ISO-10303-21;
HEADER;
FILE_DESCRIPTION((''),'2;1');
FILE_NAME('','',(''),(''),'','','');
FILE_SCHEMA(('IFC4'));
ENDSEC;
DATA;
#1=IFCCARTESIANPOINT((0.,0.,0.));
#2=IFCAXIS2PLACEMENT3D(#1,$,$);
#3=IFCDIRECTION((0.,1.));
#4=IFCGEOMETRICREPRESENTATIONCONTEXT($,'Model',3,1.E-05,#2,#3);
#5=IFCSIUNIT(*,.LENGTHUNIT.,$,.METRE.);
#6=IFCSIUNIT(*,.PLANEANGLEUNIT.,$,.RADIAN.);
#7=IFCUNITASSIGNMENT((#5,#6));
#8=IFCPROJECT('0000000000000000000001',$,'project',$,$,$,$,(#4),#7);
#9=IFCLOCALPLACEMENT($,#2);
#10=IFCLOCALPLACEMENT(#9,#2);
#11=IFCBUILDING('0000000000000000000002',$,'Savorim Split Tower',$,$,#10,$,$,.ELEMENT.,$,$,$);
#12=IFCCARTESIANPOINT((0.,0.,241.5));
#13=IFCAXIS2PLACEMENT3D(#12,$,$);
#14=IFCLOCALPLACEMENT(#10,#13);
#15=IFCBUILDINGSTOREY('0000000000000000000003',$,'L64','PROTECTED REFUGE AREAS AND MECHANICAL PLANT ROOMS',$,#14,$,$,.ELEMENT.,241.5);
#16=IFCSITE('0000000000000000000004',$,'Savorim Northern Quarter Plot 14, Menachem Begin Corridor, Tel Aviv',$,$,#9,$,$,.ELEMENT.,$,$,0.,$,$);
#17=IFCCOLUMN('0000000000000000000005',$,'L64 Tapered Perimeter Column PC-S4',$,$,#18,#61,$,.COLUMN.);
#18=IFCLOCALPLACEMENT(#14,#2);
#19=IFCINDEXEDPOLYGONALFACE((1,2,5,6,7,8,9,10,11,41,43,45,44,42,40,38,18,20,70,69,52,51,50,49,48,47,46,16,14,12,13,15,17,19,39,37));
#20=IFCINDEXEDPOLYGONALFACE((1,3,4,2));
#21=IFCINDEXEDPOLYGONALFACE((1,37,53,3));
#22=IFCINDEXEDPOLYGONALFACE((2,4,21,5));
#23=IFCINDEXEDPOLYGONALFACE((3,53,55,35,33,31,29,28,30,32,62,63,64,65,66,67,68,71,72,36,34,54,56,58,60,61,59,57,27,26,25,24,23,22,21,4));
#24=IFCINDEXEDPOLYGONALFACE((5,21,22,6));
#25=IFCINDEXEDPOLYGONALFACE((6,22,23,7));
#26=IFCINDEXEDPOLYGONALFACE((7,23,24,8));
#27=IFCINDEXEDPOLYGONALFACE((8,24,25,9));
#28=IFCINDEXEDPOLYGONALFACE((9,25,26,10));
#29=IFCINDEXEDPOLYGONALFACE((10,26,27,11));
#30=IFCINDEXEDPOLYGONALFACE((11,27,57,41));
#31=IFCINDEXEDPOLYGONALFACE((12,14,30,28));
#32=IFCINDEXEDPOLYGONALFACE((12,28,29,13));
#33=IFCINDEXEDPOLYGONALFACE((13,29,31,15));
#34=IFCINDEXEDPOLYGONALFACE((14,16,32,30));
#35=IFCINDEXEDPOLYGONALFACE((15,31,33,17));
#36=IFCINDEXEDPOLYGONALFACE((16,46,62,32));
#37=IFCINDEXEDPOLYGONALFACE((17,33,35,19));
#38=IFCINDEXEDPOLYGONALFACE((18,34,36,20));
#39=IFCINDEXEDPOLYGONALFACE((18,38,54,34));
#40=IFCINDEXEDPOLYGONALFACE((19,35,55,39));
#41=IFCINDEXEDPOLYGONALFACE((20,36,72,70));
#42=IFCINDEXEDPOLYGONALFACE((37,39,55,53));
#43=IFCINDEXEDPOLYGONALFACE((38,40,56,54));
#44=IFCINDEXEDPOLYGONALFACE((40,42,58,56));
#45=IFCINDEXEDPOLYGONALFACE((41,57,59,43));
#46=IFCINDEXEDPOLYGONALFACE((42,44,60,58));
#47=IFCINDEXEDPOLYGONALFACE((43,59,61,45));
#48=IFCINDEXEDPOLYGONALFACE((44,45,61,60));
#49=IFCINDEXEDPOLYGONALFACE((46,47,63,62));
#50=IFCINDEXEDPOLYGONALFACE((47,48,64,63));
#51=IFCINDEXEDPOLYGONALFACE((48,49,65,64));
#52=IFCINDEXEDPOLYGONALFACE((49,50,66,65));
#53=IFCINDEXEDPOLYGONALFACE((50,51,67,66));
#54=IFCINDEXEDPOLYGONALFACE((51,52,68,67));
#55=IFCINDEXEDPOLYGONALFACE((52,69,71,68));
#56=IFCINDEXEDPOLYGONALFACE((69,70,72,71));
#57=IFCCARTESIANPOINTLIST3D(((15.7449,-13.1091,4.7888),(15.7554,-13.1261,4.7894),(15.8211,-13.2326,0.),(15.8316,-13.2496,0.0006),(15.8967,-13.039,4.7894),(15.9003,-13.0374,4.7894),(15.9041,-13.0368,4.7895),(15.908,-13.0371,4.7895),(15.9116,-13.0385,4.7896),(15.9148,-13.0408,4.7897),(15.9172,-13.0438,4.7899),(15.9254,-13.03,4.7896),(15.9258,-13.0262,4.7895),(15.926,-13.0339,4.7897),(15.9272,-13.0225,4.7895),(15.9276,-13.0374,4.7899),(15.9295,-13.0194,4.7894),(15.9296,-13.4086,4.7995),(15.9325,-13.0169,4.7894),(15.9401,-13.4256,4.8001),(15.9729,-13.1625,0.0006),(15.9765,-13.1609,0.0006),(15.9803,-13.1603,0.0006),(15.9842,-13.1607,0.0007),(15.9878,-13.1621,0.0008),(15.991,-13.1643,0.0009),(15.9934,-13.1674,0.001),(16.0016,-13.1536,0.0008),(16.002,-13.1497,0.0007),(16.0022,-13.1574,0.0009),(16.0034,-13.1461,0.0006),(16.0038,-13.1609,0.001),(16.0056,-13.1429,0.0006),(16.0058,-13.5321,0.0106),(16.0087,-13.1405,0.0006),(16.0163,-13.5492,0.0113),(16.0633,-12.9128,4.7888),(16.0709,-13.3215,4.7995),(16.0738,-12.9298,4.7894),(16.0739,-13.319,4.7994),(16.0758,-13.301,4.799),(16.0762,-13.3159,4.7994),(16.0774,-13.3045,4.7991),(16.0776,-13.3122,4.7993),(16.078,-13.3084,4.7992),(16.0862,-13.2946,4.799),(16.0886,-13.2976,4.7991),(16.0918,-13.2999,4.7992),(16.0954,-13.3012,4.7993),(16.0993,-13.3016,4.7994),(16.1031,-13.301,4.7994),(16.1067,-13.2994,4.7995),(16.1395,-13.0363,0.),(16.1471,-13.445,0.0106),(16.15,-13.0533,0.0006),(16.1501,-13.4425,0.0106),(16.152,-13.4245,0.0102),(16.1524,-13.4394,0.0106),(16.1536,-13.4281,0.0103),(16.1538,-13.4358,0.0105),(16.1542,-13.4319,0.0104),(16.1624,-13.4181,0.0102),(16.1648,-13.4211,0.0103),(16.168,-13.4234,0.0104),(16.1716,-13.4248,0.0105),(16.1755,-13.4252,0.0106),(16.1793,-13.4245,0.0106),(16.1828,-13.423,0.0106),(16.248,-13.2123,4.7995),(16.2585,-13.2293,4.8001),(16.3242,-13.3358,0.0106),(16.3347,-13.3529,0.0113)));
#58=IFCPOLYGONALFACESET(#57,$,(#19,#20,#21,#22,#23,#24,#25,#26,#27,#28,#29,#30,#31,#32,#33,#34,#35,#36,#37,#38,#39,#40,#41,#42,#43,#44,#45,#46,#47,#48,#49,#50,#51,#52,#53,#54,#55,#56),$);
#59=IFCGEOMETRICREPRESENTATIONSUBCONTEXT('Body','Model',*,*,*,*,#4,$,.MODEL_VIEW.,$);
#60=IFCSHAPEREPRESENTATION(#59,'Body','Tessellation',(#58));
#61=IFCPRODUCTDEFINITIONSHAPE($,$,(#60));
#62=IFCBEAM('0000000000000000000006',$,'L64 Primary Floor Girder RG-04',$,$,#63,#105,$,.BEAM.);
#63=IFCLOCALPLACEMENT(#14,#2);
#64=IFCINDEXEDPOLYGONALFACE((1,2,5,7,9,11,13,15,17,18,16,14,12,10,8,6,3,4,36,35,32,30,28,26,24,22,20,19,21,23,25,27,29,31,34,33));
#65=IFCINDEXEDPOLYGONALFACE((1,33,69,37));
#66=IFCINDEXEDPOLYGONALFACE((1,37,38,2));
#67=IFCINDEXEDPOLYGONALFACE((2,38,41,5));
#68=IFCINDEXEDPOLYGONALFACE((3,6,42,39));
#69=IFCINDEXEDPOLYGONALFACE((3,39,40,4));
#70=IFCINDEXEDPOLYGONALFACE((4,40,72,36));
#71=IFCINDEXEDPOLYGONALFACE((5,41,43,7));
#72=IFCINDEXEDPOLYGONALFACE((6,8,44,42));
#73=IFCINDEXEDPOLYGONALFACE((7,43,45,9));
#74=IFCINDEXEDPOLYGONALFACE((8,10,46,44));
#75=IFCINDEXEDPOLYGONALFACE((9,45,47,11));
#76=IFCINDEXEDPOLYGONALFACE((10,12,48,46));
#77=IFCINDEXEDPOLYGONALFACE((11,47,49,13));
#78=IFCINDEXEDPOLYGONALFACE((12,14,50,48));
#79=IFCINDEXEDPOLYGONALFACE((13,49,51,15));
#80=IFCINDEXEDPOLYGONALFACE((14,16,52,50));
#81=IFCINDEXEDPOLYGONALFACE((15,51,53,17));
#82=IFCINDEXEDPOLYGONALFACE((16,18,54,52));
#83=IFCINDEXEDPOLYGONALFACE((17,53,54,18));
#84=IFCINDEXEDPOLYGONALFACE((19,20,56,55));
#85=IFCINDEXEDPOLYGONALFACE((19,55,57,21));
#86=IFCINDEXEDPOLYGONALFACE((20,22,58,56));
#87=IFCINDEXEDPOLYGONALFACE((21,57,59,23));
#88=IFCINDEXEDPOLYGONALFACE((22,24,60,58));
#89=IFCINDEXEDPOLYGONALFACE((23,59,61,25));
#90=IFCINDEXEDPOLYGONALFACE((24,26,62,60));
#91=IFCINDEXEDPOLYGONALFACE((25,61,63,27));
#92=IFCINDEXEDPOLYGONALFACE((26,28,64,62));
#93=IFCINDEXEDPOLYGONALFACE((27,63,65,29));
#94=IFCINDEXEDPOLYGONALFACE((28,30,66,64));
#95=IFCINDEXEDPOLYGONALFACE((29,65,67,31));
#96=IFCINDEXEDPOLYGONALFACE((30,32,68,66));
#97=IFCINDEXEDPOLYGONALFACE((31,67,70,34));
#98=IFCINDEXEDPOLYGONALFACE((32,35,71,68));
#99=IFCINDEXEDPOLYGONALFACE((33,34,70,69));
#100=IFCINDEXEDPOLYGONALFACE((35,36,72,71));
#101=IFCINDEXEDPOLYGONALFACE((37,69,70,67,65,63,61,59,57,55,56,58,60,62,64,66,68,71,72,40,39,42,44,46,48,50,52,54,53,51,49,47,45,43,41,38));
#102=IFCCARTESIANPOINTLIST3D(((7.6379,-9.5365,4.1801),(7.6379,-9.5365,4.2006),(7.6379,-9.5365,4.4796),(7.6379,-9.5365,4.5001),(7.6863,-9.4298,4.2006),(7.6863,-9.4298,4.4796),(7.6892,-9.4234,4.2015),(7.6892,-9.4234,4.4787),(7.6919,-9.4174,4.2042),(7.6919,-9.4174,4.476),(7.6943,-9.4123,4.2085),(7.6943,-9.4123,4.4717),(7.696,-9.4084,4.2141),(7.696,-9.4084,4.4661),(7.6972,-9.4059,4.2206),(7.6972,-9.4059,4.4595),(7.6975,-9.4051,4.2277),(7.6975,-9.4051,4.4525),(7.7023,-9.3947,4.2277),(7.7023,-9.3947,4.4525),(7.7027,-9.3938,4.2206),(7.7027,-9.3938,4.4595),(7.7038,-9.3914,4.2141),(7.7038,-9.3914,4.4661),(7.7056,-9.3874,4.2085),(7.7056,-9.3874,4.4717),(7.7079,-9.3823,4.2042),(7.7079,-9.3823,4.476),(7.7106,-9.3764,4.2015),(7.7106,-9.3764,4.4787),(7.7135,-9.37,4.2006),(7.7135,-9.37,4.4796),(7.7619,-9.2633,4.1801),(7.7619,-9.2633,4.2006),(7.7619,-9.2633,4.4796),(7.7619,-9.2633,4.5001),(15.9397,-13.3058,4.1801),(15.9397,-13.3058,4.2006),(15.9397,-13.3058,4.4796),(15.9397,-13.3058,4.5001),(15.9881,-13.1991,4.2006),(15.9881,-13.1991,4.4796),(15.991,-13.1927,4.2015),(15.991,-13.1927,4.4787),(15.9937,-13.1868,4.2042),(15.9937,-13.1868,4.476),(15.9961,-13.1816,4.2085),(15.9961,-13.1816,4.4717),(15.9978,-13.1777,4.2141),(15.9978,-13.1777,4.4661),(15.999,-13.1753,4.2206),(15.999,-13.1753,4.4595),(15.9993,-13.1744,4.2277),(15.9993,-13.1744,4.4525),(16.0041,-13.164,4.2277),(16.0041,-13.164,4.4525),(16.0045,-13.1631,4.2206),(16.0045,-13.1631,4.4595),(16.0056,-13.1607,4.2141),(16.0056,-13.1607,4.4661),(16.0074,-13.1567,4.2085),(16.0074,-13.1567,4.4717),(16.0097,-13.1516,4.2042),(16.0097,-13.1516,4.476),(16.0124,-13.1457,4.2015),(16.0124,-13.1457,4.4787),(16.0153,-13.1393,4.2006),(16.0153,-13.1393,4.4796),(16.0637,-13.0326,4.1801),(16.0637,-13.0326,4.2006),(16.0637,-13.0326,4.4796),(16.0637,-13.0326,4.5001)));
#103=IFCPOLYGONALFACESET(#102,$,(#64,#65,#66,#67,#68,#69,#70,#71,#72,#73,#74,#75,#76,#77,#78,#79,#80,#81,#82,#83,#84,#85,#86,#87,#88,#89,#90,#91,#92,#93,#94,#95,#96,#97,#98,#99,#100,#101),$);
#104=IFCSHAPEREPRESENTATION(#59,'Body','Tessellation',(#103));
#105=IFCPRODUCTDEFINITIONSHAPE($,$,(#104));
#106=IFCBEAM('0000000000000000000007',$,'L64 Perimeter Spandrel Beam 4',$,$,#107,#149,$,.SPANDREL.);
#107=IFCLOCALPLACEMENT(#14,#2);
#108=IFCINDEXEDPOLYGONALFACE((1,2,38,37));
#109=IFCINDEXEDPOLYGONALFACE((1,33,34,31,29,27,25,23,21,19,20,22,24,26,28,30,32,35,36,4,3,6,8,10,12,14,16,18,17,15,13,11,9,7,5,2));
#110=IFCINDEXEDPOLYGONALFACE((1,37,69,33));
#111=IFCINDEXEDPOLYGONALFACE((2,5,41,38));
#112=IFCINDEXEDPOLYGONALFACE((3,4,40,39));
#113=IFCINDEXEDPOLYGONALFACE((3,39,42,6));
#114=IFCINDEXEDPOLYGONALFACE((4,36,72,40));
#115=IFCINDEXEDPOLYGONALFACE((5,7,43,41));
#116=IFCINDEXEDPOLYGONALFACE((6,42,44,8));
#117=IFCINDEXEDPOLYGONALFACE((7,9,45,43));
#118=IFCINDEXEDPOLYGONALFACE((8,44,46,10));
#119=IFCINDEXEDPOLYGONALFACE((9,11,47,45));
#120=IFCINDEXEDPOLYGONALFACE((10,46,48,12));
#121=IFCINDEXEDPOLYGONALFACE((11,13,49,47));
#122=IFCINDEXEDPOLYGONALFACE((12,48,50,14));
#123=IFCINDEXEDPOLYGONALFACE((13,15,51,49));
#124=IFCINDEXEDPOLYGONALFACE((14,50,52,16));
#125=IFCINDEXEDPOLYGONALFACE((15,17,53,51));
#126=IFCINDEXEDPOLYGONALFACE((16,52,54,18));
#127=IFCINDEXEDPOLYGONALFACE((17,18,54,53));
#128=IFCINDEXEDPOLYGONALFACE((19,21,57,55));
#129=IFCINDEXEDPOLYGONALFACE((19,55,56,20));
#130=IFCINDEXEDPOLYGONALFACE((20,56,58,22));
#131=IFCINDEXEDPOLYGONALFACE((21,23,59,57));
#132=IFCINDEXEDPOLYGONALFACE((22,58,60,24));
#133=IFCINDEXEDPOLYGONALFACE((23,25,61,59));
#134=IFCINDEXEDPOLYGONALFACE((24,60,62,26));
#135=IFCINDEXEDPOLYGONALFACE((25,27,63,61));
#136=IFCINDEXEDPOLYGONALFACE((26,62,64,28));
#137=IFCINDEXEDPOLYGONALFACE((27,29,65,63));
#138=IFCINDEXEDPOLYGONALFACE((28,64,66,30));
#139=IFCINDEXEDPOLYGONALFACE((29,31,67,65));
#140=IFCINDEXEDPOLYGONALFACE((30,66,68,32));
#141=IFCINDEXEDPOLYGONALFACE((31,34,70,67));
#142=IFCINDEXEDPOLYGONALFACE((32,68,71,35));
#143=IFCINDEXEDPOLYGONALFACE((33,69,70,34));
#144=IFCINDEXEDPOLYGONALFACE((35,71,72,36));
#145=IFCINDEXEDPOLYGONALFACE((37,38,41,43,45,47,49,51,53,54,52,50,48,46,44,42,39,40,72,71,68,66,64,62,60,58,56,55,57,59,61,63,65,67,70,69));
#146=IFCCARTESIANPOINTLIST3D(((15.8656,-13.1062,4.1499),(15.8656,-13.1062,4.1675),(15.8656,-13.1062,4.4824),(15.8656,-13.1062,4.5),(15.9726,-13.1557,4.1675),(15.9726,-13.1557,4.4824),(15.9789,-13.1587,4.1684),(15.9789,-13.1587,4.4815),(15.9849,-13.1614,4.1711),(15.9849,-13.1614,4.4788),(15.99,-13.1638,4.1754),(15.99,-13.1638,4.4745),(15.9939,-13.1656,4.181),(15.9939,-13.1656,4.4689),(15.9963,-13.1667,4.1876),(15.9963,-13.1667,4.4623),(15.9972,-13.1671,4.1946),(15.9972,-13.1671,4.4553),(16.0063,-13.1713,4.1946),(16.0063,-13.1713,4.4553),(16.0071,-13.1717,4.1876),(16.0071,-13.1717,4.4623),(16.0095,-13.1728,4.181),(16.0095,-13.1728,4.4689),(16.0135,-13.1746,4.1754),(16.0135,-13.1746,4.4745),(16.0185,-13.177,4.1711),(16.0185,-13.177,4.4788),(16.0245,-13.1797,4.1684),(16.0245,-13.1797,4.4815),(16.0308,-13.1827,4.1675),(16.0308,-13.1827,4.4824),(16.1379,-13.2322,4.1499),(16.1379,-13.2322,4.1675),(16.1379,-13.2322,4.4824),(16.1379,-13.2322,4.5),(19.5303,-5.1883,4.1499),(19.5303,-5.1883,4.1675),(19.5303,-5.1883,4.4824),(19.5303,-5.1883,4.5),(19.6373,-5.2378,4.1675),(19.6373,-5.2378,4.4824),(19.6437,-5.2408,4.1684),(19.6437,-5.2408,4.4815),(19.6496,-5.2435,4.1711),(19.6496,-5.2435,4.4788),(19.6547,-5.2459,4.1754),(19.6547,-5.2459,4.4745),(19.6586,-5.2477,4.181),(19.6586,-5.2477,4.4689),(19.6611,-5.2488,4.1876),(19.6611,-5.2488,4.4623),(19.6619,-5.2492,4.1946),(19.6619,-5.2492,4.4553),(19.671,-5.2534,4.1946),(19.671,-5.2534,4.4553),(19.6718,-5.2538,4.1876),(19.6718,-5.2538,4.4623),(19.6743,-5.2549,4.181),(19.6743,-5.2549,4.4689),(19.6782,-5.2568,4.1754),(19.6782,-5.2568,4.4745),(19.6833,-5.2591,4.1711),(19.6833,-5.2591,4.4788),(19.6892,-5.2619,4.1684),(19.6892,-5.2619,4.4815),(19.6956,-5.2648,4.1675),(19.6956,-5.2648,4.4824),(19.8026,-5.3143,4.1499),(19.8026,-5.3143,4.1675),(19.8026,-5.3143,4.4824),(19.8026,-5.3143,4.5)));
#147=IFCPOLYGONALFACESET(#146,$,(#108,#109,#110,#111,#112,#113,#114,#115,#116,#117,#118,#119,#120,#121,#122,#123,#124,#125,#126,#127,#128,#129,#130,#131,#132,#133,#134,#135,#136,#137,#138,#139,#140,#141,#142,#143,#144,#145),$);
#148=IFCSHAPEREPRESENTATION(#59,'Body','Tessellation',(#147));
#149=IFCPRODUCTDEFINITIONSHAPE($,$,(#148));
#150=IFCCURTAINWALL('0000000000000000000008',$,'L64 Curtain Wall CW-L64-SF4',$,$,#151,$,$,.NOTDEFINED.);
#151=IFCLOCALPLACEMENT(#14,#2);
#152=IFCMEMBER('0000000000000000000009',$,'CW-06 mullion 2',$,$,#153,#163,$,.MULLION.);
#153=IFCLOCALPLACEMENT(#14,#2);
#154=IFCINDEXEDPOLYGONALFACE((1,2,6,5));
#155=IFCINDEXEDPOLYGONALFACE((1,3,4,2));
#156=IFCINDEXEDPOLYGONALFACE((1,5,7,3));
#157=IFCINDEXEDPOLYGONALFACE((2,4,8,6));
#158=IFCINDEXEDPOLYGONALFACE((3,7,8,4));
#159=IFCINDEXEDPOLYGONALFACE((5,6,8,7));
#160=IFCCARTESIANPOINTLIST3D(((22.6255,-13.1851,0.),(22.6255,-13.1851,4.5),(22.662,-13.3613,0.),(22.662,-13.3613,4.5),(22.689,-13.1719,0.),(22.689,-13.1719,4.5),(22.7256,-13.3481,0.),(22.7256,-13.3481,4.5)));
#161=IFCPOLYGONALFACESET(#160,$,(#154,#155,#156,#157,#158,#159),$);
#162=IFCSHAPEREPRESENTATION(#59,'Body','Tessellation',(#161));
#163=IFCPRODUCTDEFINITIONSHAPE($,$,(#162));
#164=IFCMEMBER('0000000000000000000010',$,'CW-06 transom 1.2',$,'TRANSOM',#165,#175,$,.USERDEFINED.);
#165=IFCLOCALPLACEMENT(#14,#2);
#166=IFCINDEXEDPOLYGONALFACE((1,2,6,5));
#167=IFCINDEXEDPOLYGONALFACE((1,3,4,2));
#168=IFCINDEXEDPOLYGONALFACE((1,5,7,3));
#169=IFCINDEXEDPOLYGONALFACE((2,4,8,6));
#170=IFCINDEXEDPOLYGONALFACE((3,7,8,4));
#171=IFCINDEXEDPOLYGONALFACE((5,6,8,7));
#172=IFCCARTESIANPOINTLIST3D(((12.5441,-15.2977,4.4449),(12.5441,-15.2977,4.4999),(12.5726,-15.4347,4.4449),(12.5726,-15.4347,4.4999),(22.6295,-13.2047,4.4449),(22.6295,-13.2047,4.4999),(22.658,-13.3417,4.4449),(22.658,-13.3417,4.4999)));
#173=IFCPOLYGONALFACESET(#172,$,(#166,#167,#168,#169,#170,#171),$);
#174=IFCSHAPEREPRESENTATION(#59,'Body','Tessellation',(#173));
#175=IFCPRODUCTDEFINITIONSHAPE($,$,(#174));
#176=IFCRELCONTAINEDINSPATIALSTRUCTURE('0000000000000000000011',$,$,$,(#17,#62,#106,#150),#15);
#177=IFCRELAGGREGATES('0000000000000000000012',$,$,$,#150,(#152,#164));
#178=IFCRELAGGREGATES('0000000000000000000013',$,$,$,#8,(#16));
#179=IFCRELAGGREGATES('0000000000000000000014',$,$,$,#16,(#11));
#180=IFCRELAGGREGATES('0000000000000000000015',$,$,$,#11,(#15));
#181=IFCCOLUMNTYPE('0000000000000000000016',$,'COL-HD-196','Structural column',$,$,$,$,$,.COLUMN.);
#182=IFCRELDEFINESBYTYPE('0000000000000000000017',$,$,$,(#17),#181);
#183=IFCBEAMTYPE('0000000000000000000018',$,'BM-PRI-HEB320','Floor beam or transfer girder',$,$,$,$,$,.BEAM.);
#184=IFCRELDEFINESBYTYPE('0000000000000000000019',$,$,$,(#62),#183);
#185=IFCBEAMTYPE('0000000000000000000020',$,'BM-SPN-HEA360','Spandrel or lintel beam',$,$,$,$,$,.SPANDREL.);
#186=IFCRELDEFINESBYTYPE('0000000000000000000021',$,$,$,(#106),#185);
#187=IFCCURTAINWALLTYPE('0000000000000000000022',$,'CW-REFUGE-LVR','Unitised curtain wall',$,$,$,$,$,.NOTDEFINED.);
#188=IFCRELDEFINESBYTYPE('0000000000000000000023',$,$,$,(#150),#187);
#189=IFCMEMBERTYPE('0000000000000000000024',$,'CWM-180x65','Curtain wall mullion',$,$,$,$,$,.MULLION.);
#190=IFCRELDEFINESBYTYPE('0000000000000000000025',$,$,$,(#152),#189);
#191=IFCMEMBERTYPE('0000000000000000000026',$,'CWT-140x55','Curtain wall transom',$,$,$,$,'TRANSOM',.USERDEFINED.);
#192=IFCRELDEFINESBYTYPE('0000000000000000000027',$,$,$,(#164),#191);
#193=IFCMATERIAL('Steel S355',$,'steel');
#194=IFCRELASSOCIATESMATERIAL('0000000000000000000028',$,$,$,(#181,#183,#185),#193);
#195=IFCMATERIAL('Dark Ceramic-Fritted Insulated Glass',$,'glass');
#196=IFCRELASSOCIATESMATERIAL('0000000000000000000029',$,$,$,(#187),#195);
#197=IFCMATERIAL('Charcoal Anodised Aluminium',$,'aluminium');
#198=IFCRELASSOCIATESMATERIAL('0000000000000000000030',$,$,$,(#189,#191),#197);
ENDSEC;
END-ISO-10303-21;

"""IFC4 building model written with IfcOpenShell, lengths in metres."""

from ifc_helpers import new_model, si_unit, direction, frame, origin, origin_2d, place, context, subcontext, project, spatial, rectangle, i_section, extrude, material, material_profile, profile_set, type_object, element, aggregate, save


model = new_model("IFC4")

# Units and contexts
model_context = context("Model", 3, precision=1e-05, world=origin(), true_north=direction((0.0, 1.0)))
body_context = subcontext(model_context, "Body", "Model", "MODEL_VIEW")
ifc_project = project(units=[si_unit("LENGTHUNIT", "METRE"), si_unit("PLANEANGLEUNIT", "RADIAN")], contexts=[model_context])

# Site, building, storey
site_placement = place(None, origin())
site = spatial("IfcSite", under=ifc_project, at=site_placement, Name="Savorim Northern Quarter Plot 14, Menachem Begin Corridor, Tel Aviv", CompositionType="ELEMENT", RefElevation=0.0)
building_placement = place(site_placement, origin())
building = spatial("IfcBuilding", under=site, at=building_placement, Name="Savorim Split Tower", CompositionType="ELEMENT")
storey_placement = place(building_placement, frame((0.0, 0.0, 241.5)))
storey = spatial("IfcBuildingStorey", under=building, at=storey_placement, Name="L64", Description="PROTECTED REFUGE AREAS AND MECHANICAL PLANT ROOMS", CompositionType="ELEMENT", Elevation=241.5)

# Column
ifc_material_1 = material(Name="Steel S355", Category="steel")
ifc_material_profile_1 = material_profile(ifc_material_1, i_section(OverallWidth=0.374, OverallDepth=0.3721, WebThickness=0.0122, FlangeThickness=0.02, FilletRadius=0.0149, at=origin_2d()), Name="HD 360x196")
ifc_profile_set_1 = profile_set([ifc_material_profile_1], Name="Steel S355")
column_type = type_object("IfcColumnType", Name="COL-HD-196", Description="Structural column", PredefinedType="COLUMN", material=ifc_profile_set_1)
column_placement = place(storey_placement, frame((16.0779, -13.2927, 0.0056), z_axis=(-0.015899, 0.025785, 0.999541), x_axis=(-0.851196, -0.524848, 0.0)))
element("IfcColumn", 1, at=column_placement, inside=storey, type_object=column_type, Name="L64 Tapered Perimeter Column PC-S4", PredefinedType="COLUMN", context=body_context, shape_type="SweptSolid", body=[
    extrude(i_section(OverallWidth=0.374, OverallDepth=0.3721, WebThickness=0.0122, FlangeThickness=0.02, FilletRadius=0.0149, at=origin_2d()), origin(), (0.0, 0.0, 1.0), 4.791),
])

# Beams
ifc_material_profile_2 = material_profile(ifc_material_1, i_section(OverallWidth=0.3, OverallDepth=0.3201, WebThickness=0.0115, FlangeThickness=0.0205, FilletRadius=0.0271, at=origin_2d()), Name="HEB 320")
ifc_profile_set_2 = profile_set([ifc_material_profile_2], Name="Steel S355")
beam_type_1 = type_object("IfcBeamType", Name="BM-PRI-HEB320", Description="Floor beam or transfer girder", PredefinedType="BEAM", material=ifc_profile_set_2)
beam_1_placement = place(storey_placement, frame((16.0017, -13.1692, 4.3401), z_axis=(-0.910542, 0.413418, 0.0), x_axis=(-0.413418, -0.910542, 0.0)))
element("IfcBeam", 2, at=beam_1_placement, inside=storey, type_object=beam_type_1, Name="L64 Primary Floor Girder RG-04", PredefinedType="BEAM", context=body_context, shape_type="SweptSolid", body=[
    extrude(i_section(OverallWidth=0.3, OverallDepth=0.3201, WebThickness=0.0115, FlangeThickness=0.0205, FilletRadius=0.0271, at=origin_2d()), origin(), (0.0, 0.0, 1.0), 9.1174),
])
ifc_material_profile_3 = material_profile(ifc_material_1, i_section(OverallWidth=0.3, OverallDepth=0.3501, WebThickness=0.01, FlangeThickness=0.0176, FilletRadius=0.0271, at=origin_2d()), Name="HEA 360")
ifc_profile_set_3 = profile_set([ifc_material_profile_3], Name="Steel S355")
beam_type_2 = type_object("IfcBeamType", Name="BM-SPN-HEA360", Description="Spandrel or lintel beam", PredefinedType="SPANDREL", material=ifc_profile_set_3)
beam_2_placement = place(storey_placement, frame((16.0017, -13.1692, 4.325), z_axis=(0.420036, 0.907508, 0.0), x_axis=(-0.907508, 0.420036, 0.0)))
element("IfcBeam", 3, at=beam_2_placement, inside=storey, type_object=beam_type_2, Name="L64 Perimeter Spandrel Beam 4", PredefinedType="SPANDREL", context=body_context, shape_type="SweptSolid", body=[
    extrude(i_section(OverallWidth=0.3, OverallDepth=0.3501, WebThickness=0.01, FlangeThickness=0.0176, FilletRadius=0.0271, at=origin_2d()), origin(), (0.0, 0.0, 1.0), 8.7249),
])

# Curtain wall, members
ifc_material_2 = material(Name="Dark Ceramic-Fritted Insulated Glass", Category="glass")
curtain_wall_type = type_object("IfcCurtainWallType", Name="CW-REFUGE-LVR", Description="Unitised curtain wall", PredefinedType="NOTDEFINED", material=ifc_material_2)
curtain_wall_placement = place(storey_placement, origin())
curtain_wall = element("IfcCurtainWall", 4, at=curtain_wall_placement, inside=storey, type_object=curtain_wall_type, Name="L64 Curtain Wall CW-L64-SF4", PredefinedType="NOTDEFINED")
ifc_material_3 = material(Name="Charcoal Anodised Aluminium", Category="aluminium")
ifc_material_profile_4 = material_profile(ifc_material_3, rectangle(XDim=0.1799, YDim=0.0649, at=origin_2d()), Name="ALU-M 180x65")
ifc_profile_set_4 = profile_set([ifc_material_profile_4], Name="Charcoal Anodised Aluminium")
member_type_1 = type_object("IfcMemberType", Name="CWM-180x65", Description="Curtain wall mullion", PredefinedType="MULLION", material=ifc_profile_set_4)
member_1_placement = place(storey_placement, frame((22.6755, -13.2666, 0.0), z_axis=(0.0, 0.0, 1.0), x_axis=(-0.203208, 0.979136, 0.0)))
member_1 = element("IfcMember", 5, at=member_1_placement, type_object=member_type_1, Name="CW-06 mullion 2", PredefinedType="MULLION", context=body_context, shape_type="SweptSolid", body=[
    extrude(rectangle(XDim=0.1799, YDim=0.0649, at=origin_2d()), origin(), (0.0, 0.0, 1.0), 4.5),
])
ifc_material_profile_5 = material_profile(ifc_material_3, rectangle(XDim=0.1399, YDim=0.0549, at=origin_2d()), Name="ALU-T 140x55")
ifc_profile_set_5 = profile_set([ifc_material_profile_5], Name="Charcoal Anodised Aluminium")
member_type_2 = type_object("IfcMemberType", Name="CWT-140x55", Description="Curtain wall transom", ElementType="TRANSOM", PredefinedType="USERDEFINED", material=ifc_profile_set_5)
member_2_placement = place(storey_placement, frame((12.5583, -15.3662, 4.4724), z_axis=(0.979137, 0.203199, 0.0), x_axis=(-0.203199, 0.979137, 0.0)))
member_2 = element("IfcMember", 6, at=member_2_placement, type_object=member_type_2, Name="CW-06 transom 1.2", ObjectType="TRANSOM", PredefinedType="USERDEFINED", context=body_context, shape_type="SweptSolid", body=[
    extrude(rectangle(XDim=0.1399, YDim=0.0549, at=origin_2d()), origin(), (0.0, 0.0, 1.0), 10.3003),
])

aggregate(curtain_wall, [member_1, member_2])

save(model, "model.ifc")
